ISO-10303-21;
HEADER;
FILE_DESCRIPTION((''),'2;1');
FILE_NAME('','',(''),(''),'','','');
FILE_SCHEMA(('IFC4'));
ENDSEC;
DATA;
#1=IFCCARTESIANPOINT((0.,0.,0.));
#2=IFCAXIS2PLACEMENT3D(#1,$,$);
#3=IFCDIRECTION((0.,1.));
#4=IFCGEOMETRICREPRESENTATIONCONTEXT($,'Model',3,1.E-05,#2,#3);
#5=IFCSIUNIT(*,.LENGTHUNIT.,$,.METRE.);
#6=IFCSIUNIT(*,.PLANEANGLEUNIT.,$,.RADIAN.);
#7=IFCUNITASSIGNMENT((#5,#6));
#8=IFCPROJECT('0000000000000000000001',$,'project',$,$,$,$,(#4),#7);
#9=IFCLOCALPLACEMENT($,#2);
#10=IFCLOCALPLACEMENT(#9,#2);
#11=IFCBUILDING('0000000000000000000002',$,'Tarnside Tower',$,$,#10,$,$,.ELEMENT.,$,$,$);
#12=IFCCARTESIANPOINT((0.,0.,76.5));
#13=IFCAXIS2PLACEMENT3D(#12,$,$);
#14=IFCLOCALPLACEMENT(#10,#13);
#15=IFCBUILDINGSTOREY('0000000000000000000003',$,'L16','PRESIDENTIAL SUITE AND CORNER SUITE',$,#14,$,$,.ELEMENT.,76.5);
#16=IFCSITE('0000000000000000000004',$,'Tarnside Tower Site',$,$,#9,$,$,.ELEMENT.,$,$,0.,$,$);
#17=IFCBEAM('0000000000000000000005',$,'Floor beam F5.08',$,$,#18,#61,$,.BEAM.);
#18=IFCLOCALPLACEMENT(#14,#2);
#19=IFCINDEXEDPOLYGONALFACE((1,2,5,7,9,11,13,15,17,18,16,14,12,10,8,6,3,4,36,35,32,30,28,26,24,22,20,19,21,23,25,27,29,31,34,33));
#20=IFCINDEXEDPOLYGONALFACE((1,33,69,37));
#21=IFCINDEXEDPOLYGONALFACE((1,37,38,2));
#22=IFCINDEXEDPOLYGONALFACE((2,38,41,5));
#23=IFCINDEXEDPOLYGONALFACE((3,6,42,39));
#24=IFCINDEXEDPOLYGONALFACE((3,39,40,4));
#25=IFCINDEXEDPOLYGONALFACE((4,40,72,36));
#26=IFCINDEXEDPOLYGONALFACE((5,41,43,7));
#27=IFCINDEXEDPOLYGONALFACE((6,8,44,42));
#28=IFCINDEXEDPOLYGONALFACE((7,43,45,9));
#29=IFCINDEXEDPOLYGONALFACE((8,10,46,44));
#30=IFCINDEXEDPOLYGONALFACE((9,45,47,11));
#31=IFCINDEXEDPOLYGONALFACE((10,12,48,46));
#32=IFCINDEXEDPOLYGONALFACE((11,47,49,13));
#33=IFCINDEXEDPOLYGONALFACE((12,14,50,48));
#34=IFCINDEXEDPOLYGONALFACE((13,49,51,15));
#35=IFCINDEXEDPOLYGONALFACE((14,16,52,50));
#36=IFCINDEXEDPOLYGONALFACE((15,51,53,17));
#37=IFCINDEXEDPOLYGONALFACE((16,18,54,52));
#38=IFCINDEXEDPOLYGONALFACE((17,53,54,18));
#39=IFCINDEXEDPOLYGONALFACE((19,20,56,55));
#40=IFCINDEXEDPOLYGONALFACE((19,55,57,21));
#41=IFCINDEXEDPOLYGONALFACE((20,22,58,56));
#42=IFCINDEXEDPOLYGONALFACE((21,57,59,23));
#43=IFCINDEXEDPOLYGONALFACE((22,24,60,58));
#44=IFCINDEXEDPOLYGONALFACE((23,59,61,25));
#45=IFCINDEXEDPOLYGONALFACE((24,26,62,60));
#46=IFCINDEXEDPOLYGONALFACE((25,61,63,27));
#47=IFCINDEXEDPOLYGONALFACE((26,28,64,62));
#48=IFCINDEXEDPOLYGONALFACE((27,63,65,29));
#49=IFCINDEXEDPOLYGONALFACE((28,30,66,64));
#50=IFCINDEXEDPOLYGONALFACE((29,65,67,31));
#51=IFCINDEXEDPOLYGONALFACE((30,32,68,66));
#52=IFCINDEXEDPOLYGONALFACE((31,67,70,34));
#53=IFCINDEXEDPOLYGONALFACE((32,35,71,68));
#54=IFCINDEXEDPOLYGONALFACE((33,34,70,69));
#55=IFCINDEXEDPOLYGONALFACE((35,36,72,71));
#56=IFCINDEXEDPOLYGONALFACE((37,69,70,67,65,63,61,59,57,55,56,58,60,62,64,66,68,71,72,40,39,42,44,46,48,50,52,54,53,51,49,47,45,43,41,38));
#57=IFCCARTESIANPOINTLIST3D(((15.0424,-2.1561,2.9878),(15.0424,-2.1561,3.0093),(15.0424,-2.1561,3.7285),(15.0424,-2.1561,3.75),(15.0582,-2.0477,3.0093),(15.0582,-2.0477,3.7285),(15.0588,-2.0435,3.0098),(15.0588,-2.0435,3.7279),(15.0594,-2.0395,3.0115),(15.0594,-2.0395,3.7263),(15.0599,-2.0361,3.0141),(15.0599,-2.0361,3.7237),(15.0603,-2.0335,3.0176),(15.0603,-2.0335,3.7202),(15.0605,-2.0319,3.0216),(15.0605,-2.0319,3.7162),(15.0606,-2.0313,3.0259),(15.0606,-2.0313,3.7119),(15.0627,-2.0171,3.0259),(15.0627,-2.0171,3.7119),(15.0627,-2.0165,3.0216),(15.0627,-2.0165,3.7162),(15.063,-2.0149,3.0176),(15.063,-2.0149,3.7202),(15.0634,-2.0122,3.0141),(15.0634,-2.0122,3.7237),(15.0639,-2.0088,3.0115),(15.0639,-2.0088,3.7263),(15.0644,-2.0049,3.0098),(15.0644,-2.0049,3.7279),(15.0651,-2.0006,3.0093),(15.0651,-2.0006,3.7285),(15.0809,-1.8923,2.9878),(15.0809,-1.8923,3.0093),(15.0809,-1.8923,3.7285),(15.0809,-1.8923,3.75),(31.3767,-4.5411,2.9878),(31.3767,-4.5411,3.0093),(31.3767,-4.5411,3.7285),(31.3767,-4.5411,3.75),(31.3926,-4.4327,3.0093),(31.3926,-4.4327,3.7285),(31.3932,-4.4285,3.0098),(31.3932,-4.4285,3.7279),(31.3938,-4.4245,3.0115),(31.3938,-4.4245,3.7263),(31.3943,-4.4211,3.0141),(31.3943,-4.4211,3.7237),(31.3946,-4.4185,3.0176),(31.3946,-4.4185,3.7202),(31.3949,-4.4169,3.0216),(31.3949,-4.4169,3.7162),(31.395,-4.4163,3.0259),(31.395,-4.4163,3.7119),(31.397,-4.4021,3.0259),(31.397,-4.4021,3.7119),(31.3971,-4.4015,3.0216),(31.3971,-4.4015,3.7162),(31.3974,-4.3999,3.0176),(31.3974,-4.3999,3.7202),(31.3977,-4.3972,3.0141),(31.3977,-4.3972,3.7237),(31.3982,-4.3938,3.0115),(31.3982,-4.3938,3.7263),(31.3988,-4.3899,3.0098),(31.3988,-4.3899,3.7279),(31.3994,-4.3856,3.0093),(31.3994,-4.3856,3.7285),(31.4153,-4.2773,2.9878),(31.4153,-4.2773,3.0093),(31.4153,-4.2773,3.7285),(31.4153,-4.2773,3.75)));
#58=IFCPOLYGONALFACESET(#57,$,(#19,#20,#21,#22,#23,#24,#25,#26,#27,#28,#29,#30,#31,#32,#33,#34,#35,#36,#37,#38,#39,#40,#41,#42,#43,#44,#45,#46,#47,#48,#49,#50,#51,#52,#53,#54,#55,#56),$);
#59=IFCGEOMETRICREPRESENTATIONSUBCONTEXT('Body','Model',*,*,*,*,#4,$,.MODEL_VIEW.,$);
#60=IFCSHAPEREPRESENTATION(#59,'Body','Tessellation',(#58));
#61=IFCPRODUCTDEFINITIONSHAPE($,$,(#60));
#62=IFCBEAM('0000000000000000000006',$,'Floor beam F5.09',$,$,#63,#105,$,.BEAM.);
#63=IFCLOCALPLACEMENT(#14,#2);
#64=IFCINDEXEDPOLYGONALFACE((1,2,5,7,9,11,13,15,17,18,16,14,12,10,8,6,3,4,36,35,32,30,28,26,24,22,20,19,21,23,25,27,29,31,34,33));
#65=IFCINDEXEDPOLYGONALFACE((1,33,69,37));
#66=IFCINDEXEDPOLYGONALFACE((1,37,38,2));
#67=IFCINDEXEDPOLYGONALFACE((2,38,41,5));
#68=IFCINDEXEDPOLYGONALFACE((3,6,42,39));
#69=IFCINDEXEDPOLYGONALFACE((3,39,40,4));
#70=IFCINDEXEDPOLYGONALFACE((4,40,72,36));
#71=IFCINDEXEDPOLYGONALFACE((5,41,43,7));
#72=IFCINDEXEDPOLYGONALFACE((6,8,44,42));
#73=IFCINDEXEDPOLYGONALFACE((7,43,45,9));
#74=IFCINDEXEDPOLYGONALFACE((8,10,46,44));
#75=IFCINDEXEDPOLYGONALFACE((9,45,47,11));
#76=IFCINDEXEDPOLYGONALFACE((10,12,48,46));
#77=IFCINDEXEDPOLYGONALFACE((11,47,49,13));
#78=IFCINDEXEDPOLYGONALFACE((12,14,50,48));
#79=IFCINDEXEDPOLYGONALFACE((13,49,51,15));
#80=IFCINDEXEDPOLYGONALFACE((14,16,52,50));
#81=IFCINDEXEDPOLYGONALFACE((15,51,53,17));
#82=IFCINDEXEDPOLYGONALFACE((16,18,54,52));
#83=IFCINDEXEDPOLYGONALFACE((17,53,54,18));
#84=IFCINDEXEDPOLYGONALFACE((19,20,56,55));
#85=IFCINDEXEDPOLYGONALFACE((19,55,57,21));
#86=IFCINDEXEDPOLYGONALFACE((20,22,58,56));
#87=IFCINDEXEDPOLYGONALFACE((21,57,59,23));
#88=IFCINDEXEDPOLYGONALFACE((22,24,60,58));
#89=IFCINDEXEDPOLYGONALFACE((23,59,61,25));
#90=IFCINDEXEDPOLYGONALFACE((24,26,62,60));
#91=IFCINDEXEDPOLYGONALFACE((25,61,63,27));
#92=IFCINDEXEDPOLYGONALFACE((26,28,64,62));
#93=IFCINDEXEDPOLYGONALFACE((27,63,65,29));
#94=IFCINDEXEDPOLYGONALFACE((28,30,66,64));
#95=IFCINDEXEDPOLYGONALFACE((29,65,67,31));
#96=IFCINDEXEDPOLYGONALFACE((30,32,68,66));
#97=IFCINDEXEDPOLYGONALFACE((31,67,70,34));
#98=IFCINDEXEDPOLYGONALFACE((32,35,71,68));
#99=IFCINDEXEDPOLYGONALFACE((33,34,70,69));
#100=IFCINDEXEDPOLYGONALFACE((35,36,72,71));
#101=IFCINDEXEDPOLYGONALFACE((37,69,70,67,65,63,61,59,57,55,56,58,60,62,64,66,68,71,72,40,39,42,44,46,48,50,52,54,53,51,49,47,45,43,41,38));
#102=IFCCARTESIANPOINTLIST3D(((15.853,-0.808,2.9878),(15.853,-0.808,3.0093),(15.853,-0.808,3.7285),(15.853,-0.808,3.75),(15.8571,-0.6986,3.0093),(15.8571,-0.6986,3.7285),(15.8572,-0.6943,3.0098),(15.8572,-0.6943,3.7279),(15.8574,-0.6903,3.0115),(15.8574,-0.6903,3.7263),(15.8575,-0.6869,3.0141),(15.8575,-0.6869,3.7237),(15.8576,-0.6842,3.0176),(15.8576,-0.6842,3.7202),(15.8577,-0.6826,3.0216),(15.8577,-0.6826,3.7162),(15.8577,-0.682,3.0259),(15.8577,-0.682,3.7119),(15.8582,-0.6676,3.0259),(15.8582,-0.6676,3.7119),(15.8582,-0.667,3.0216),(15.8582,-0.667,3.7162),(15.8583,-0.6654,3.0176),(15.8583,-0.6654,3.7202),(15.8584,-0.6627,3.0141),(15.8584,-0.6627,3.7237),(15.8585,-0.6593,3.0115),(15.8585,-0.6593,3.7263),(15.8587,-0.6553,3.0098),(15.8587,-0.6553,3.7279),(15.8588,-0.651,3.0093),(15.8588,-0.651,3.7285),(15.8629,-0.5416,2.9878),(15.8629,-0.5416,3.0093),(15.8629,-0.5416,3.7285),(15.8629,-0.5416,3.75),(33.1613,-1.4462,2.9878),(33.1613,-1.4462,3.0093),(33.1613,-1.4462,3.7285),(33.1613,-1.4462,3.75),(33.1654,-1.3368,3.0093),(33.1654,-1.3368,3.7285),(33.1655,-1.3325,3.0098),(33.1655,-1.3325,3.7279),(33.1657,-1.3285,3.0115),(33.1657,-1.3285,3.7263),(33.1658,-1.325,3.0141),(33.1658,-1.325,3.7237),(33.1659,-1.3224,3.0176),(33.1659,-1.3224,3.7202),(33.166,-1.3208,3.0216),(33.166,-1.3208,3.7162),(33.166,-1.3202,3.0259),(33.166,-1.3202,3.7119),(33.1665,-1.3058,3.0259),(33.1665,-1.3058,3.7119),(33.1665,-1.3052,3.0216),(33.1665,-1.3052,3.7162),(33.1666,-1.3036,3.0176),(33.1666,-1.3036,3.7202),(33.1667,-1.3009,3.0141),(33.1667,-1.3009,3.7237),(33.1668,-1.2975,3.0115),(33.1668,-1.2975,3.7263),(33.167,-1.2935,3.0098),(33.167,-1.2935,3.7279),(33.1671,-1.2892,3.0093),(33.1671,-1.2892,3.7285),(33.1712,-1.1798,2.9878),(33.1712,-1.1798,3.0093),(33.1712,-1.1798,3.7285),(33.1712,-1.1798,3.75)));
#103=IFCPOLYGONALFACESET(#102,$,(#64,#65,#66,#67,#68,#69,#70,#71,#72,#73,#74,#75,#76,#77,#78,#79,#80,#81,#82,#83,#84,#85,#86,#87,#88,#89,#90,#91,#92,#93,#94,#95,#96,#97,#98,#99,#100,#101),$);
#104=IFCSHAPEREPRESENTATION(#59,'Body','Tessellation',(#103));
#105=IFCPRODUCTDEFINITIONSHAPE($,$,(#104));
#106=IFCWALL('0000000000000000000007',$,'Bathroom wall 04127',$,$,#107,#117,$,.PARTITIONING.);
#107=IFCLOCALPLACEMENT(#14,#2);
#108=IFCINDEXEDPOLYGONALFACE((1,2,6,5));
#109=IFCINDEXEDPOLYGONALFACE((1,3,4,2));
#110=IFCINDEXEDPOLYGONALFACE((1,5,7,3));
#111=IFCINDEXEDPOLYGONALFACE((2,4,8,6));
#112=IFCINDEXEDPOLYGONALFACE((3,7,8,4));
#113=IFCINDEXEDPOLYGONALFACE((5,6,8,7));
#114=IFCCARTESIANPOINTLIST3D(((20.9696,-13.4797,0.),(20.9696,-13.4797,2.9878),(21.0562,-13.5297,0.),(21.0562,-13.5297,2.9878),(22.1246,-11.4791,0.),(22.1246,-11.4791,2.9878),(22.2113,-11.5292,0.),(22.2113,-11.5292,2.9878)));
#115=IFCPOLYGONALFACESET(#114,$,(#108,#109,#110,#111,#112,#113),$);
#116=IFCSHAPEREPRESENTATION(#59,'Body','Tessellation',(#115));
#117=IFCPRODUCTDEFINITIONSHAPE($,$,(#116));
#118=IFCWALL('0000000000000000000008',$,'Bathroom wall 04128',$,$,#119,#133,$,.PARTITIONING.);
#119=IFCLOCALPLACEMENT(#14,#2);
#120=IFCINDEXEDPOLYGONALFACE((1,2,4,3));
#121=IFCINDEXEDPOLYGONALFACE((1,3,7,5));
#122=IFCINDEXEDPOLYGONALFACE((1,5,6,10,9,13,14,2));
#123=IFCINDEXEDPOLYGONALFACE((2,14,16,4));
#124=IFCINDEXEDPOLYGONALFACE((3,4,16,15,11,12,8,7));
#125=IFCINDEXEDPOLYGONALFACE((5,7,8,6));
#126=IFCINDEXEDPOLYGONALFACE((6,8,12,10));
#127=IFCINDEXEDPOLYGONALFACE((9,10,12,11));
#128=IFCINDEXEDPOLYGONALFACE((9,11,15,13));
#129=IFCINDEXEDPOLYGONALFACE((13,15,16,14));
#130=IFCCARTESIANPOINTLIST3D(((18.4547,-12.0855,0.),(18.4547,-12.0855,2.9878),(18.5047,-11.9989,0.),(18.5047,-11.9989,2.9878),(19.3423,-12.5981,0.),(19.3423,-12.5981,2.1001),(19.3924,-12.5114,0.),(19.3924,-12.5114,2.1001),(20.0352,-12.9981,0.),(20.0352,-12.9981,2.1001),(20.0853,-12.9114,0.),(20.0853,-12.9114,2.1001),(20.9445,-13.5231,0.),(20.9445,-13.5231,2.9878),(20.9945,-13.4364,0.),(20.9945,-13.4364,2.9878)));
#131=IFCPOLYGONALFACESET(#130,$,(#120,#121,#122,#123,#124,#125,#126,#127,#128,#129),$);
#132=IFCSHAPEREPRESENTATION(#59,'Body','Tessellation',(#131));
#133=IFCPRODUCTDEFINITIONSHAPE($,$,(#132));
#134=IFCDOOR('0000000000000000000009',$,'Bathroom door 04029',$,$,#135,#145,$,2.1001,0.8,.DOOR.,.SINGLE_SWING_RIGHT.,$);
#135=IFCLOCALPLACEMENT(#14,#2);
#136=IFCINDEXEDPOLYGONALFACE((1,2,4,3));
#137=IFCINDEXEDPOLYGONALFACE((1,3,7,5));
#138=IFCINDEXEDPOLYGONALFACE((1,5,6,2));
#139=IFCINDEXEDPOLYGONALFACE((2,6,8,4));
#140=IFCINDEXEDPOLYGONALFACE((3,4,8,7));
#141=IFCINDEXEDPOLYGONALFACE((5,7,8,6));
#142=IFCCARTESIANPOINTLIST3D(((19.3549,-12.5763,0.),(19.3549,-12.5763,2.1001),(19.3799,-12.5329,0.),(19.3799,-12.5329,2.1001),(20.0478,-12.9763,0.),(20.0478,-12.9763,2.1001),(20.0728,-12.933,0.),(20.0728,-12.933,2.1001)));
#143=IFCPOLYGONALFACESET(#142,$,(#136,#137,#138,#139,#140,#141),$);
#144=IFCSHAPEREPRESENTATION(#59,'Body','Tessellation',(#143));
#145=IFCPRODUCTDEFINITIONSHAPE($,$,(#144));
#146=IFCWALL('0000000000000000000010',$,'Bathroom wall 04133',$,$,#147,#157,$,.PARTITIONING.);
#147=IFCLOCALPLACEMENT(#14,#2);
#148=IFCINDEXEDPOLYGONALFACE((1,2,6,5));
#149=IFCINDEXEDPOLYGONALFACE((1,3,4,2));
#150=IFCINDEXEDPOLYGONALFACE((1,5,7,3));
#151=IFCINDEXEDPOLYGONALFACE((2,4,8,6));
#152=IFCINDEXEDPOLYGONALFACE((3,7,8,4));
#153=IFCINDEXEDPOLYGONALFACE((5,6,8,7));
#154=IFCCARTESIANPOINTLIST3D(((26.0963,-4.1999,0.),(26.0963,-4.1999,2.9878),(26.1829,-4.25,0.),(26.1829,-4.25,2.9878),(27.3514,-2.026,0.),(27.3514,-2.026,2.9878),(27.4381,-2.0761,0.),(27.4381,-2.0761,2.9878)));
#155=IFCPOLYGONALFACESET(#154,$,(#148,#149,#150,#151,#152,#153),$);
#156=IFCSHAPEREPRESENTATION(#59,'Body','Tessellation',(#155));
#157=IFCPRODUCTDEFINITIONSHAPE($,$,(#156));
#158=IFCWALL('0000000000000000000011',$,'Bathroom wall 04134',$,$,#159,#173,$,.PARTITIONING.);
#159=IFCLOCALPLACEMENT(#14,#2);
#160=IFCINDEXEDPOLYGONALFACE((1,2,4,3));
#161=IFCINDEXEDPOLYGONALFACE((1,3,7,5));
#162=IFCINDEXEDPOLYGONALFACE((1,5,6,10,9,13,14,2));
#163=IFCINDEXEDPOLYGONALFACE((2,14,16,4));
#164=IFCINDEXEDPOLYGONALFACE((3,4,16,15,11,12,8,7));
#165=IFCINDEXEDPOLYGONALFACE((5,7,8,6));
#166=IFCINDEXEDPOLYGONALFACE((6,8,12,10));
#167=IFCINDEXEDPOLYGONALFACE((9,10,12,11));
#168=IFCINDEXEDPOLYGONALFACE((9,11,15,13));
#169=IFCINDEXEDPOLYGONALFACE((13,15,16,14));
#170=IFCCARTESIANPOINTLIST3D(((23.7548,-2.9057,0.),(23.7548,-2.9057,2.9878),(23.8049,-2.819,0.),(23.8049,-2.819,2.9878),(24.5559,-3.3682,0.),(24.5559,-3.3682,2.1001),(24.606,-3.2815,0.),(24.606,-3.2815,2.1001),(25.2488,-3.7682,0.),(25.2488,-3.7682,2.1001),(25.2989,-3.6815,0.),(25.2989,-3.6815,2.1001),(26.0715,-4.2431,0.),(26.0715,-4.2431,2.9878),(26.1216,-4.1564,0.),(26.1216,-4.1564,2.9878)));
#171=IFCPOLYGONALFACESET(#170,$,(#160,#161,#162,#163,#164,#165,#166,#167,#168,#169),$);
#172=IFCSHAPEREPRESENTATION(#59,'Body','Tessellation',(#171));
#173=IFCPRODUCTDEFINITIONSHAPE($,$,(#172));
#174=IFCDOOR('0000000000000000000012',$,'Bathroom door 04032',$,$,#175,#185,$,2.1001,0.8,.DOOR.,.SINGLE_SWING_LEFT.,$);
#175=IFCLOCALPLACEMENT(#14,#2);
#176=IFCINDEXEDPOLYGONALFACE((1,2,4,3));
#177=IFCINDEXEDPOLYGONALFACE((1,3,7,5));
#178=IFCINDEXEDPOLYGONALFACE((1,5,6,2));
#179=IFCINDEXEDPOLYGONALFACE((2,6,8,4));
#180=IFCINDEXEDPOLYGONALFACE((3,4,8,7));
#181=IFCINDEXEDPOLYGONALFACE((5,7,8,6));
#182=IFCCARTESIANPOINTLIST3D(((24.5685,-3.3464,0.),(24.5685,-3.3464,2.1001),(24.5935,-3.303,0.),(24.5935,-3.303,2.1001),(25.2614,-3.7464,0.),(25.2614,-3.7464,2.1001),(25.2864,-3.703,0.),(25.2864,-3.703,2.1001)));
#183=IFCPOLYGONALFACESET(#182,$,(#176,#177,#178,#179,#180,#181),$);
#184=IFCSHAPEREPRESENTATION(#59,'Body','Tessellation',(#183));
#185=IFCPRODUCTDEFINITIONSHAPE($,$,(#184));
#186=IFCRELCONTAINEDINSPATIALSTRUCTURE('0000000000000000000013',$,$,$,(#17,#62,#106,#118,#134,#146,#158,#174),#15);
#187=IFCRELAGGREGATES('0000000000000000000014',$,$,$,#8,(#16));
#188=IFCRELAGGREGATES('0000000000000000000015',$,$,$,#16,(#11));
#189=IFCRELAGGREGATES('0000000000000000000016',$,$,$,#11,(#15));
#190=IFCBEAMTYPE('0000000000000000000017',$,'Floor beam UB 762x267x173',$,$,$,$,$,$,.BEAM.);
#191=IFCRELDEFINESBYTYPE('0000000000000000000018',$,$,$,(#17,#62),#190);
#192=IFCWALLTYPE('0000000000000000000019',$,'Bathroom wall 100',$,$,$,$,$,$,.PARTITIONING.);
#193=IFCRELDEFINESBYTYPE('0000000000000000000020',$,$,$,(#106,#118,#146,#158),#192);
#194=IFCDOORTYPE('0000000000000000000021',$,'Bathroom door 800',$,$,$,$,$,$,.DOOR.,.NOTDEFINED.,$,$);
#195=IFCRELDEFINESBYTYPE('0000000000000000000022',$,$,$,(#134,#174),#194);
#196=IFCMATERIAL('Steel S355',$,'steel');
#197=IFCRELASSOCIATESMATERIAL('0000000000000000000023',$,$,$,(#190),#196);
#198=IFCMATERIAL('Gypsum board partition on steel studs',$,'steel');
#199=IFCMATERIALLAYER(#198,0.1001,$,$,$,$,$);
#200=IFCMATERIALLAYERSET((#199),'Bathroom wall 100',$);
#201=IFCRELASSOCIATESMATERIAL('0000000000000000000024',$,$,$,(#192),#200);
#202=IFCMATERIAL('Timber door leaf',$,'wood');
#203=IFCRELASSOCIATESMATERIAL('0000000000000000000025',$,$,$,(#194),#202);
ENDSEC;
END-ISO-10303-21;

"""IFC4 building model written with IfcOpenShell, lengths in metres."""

from ifc_helpers import new_model, si_unit, direction, frame, frame_2d, origin, origin_2d, place, context, subcontext, project, spatial, rectangle, i_section, extrude, material, layer, layer_set, material_profile, profile_set, type_object, element, fill, save


model = new_model("IFC4")

# Units and contexts
model_context = context("Model", 3, precision=1e-05, world=origin(), true_north=direction((0.0, 1.0)))
body_context = subcontext(model_context, "Body", "Model", "MODEL_VIEW")
ifc_project = project(units=[si_unit("LENGTHUNIT", "METRE"), si_unit("PLANEANGLEUNIT", "RADIAN")], contexts=[model_context])

# Site, building, storey
site_placement = place(None, origin())
site = spatial("IfcSite", under=ifc_project, at=site_placement, Name="Tarnside Tower Site", CompositionType="ELEMENT", RefElevation=0.0)
building_placement = place(site_placement, origin())
building = spatial("IfcBuilding", under=site, at=building_placement, Name="Tarnside Tower", CompositionType="ELEMENT")
storey_placement = place(building_placement, frame((0.0, 0.0, 76.5)))
storey = spatial("IfcBuildingStorey", under=building, at=storey_placement, Name="L16", Description="PRESIDENTIAL SUITE AND CORNER SUITE", CompositionType="ELEMENT", Elevation=76.5)

# Beams
ifc_material_1 = material(Name="Steel S355", Category="steel")
ifc_material_profile_1 = material_profile(ifc_material_1, i_section(OverallWidth=0.2666, OverallDepth=0.7622, WebThickness=0.0144, FlangeThickness=0.0215, FilletRadius=0.0166, at=origin_2d()), Name="UB 762x267x173")
ifc_profile_set_1 = profile_set([ifc_material_profile_1], Name="Steel S355")
beam_type_1 = type_object("IfcBeamType", Name="Floor beam UB 762x267x173", PredefinedType="BEAM", material=ifc_profile_set_1)
beam_1_placement = place(storey_placement, frame((31.396, -4.4092, 3.3689), z_axis=(-0.989508, 0.144479, 0.0), x_axis=(-0.144479, -0.989508, 0.0)))
element("IfcBeam", 1, at=beam_1_placement, inside=storey, type_object=beam_type_1, Name="Floor beam F5.08", PredefinedType="BEAM", context=body_context, shape_type="SweptSolid", body=[
    extrude(i_section(OverallWidth=0.2666, OverallDepth=0.7622, WebThickness=0.0144, FlangeThickness=0.0215, FilletRadius=0.0166, at=origin_2d()), origin(), (0.0, 0.0, 1.0), 16.5076),
])
beam_2_placement = place(storey_placement, frame((33.1663, -1.313, 3.3689), z_axis=(-0.999321, 0.036846, 0.0), x_axis=(-0.036846, -0.999321, 0.0)))
element("IfcBeam", 2, at=beam_2_placement, inside=storey, type_object=beam_type_1, Name="Floor beam F5.09", PredefinedType="BEAM", context=body_context, shape_type="SweptSolid", body=[
    extrude(i_section(OverallWidth=0.2666, OverallDepth=0.7622, WebThickness=0.0144, FlangeThickness=0.0215, FilletRadius=0.0166, at=origin_2d()), origin(), (0.0, 0.0, 1.0), 17.3201),
])

# Wall
ifc_material_2 = material(Name="Gypsum board partition on steel studs", Category="steel")
ifc_layer_1 = layer(ifc_material_2, 0.1001)
ifc_layer_set_1 = layer_set([ifc_layer_1], Name="Bathroom wall 100")
wall_type_1 = type_object("IfcWallType", Name="Bathroom wall 100", PredefinedType="PARTITIONING", material=ifc_layer_set_1)
wall_1_placement = place(storey_placement, frame((22.168, -11.5042, 0.0), z_axis=(0.0, 0.0, 1.0), x_axis=(-0.500015, -0.866017, 0.0)))
element("IfcWall", 3, at=wall_1_placement, inside=storey, type_object=wall_type_1, Name="Bathroom wall 04127", PredefinedType="PARTITIONING", context=body_context, shape_type="SweptSolid", body=[
    extrude(rectangle(XDim=2.3101, YDim=0.1001, at=frame_2d((1.155, 0.0))), origin(), (0.0, 0.0, 1.0), 2.9878),
])

# Wall, opening, door
wall_2_placement = place(storey_placement, frame((20.9695, -13.4797, 0.0), z_axis=(0.0, 0.0, 1.0), x_axis=(-0.866019, 0.500012, 0.0)))
wall_2 = element("IfcWall", 4, at=wall_2_placement, inside=storey, type_object=wall_type_1, Name="Bathroom wall 04128", PredefinedType="PARTITIONING", context=body_context, shape_type="SweptSolid", body=[
    extrude(rectangle(XDim=2.875, YDim=0.1001, at=frame_2d((1.4375, 0.0))), origin(), (0.0, 0.0, 1.0), 2.9878),
])
opening_1_placement = place(wall_2_placement, frame((1.05, 0.0, 0.0)))
opening_1 = element("IfcOpeningElement", 5, at=opening_1_placement, cuts=wall_2, PredefinedType="OPENING", context=body_context, shape_type="SweptSolid", body=[
    extrude(rectangle(XDim=0.8, YDim=2.1001, at=frame_2d((0.3999, 1.05))), frame((0.0, 0.0601, 0.0), z_axis=(0.0, -1.0, 0.0), x_axis=(1.0, 0.0, 0.0)), (0.0, 0.0, 1.0), 0.1201),
])
ifc_material_3 = material(Name="Timber door leaf", Category="wood")
door_type_1 = type_object("IfcDoorType", Name="Bathroom door 800", OperationType="NOTDEFINED", PredefinedType="DOOR", material=ifc_material_3)
door_1_placement = place(opening_1_placement, origin())
door_1 = element("IfcDoor", 6, at=door_1_placement, inside=storey, type_object=door_type_1, Name="Bathroom door 04029", OperationType="SINGLE_SWING_RIGHT", OverallHeight=2.1001, OverallWidth=0.8, PredefinedType="DOOR", context=body_context, shape_type="SweptSolid", body=[
    extrude(rectangle(XDim=0.8, YDim=2.1001, at=frame_2d((0.3999, 1.05))), frame((0.0, 0.0249, 0.0), z_axis=(0.0, -1.0, 0.0), x_axis=(1.0, 0.0, 0.0)), (0.0, 0.0, 1.0), 0.05),
])
fill(opening_1, door_1)

# Wall
wall_3_placement = place(storey_placement, frame((27.3948, -2.051, 0.0), z_axis=(0.0, 0.0, 1.0), x_axis=(-0.50002, -0.866014, 0.0)))
element("IfcWall", 7, at=wall_3_placement, inside=storey, type_object=wall_type_1, Name="Bathroom wall 04133", PredefinedType="PARTITIONING", context=body_context, shape_type="SweptSolid", body=[
    extrude(rectangle(XDim=2.5103, YDim=0.1001, at=frame_2d((1.2551, 0.0))), origin(), (0.0, 0.0, 1.0), 2.9878),
])

# Wall, opening, door
wall_4_placement = place(storey_placement, frame((26.0964, -4.1997, 0.0), z_axis=(0.0, 0.0, 1.0), x_axis=(-0.866044, 0.499967, 0.0)))
wall_4 = element("IfcWall", 8, at=wall_4_placement, inside=storey, type_object=wall_type_1, Name="Bathroom wall 04134", PredefinedType="PARTITIONING", context=body_context, shape_type="SweptSolid", body=[
    extrude(rectangle(XDim=2.675, YDim=0.1001, at=frame_2d((1.3374, 0.0))), origin(), (0.0, 0.0, 1.0), 2.9878),
])
opening_2_placement = place(wall_4_placement, frame((0.95, 0.0, 0.0)))
opening_2 = element("IfcOpeningElement", 9, at=opening_2_placement, cuts=wall_4, PredefinedType="OPENING", context=body_context, shape_type="SweptSolid", body=[
    extrude(rectangle(XDim=0.8, YDim=2.1001, at=frame_2d((0.3999, 1.05))), frame((0.0, 0.0601, 0.0), z_axis=(0.0, -1.0, 0.0), x_axis=(1.0, 0.0, 0.0)), (0.0, 0.0, 1.0), 0.1201),
])
door_2_placement = place(opening_2_placement, origin())
door_2 = element("IfcDoor", 10, at=door_2_placement, inside=storey, type_object=door_type_1, Name="Bathroom door 04032", OperationType="SINGLE_SWING_LEFT", OverallHeight=2.1001, OverallWidth=0.8, PredefinedType="DOOR", context=body_context, shape_type="SweptSolid", body=[
    extrude(rectangle(XDim=0.8, YDim=2.1001, at=frame_2d((0.3999, 1.05))), frame((0.0, 0.0249, 0.0), z_axis=(0.0, -1.0, 0.0), x_axis=(1.0, 0.0, 0.0)), (0.0, 0.0, 1.0), 0.05),
])
fill(opening_2, door_2)

save(model, "model.ifc")
